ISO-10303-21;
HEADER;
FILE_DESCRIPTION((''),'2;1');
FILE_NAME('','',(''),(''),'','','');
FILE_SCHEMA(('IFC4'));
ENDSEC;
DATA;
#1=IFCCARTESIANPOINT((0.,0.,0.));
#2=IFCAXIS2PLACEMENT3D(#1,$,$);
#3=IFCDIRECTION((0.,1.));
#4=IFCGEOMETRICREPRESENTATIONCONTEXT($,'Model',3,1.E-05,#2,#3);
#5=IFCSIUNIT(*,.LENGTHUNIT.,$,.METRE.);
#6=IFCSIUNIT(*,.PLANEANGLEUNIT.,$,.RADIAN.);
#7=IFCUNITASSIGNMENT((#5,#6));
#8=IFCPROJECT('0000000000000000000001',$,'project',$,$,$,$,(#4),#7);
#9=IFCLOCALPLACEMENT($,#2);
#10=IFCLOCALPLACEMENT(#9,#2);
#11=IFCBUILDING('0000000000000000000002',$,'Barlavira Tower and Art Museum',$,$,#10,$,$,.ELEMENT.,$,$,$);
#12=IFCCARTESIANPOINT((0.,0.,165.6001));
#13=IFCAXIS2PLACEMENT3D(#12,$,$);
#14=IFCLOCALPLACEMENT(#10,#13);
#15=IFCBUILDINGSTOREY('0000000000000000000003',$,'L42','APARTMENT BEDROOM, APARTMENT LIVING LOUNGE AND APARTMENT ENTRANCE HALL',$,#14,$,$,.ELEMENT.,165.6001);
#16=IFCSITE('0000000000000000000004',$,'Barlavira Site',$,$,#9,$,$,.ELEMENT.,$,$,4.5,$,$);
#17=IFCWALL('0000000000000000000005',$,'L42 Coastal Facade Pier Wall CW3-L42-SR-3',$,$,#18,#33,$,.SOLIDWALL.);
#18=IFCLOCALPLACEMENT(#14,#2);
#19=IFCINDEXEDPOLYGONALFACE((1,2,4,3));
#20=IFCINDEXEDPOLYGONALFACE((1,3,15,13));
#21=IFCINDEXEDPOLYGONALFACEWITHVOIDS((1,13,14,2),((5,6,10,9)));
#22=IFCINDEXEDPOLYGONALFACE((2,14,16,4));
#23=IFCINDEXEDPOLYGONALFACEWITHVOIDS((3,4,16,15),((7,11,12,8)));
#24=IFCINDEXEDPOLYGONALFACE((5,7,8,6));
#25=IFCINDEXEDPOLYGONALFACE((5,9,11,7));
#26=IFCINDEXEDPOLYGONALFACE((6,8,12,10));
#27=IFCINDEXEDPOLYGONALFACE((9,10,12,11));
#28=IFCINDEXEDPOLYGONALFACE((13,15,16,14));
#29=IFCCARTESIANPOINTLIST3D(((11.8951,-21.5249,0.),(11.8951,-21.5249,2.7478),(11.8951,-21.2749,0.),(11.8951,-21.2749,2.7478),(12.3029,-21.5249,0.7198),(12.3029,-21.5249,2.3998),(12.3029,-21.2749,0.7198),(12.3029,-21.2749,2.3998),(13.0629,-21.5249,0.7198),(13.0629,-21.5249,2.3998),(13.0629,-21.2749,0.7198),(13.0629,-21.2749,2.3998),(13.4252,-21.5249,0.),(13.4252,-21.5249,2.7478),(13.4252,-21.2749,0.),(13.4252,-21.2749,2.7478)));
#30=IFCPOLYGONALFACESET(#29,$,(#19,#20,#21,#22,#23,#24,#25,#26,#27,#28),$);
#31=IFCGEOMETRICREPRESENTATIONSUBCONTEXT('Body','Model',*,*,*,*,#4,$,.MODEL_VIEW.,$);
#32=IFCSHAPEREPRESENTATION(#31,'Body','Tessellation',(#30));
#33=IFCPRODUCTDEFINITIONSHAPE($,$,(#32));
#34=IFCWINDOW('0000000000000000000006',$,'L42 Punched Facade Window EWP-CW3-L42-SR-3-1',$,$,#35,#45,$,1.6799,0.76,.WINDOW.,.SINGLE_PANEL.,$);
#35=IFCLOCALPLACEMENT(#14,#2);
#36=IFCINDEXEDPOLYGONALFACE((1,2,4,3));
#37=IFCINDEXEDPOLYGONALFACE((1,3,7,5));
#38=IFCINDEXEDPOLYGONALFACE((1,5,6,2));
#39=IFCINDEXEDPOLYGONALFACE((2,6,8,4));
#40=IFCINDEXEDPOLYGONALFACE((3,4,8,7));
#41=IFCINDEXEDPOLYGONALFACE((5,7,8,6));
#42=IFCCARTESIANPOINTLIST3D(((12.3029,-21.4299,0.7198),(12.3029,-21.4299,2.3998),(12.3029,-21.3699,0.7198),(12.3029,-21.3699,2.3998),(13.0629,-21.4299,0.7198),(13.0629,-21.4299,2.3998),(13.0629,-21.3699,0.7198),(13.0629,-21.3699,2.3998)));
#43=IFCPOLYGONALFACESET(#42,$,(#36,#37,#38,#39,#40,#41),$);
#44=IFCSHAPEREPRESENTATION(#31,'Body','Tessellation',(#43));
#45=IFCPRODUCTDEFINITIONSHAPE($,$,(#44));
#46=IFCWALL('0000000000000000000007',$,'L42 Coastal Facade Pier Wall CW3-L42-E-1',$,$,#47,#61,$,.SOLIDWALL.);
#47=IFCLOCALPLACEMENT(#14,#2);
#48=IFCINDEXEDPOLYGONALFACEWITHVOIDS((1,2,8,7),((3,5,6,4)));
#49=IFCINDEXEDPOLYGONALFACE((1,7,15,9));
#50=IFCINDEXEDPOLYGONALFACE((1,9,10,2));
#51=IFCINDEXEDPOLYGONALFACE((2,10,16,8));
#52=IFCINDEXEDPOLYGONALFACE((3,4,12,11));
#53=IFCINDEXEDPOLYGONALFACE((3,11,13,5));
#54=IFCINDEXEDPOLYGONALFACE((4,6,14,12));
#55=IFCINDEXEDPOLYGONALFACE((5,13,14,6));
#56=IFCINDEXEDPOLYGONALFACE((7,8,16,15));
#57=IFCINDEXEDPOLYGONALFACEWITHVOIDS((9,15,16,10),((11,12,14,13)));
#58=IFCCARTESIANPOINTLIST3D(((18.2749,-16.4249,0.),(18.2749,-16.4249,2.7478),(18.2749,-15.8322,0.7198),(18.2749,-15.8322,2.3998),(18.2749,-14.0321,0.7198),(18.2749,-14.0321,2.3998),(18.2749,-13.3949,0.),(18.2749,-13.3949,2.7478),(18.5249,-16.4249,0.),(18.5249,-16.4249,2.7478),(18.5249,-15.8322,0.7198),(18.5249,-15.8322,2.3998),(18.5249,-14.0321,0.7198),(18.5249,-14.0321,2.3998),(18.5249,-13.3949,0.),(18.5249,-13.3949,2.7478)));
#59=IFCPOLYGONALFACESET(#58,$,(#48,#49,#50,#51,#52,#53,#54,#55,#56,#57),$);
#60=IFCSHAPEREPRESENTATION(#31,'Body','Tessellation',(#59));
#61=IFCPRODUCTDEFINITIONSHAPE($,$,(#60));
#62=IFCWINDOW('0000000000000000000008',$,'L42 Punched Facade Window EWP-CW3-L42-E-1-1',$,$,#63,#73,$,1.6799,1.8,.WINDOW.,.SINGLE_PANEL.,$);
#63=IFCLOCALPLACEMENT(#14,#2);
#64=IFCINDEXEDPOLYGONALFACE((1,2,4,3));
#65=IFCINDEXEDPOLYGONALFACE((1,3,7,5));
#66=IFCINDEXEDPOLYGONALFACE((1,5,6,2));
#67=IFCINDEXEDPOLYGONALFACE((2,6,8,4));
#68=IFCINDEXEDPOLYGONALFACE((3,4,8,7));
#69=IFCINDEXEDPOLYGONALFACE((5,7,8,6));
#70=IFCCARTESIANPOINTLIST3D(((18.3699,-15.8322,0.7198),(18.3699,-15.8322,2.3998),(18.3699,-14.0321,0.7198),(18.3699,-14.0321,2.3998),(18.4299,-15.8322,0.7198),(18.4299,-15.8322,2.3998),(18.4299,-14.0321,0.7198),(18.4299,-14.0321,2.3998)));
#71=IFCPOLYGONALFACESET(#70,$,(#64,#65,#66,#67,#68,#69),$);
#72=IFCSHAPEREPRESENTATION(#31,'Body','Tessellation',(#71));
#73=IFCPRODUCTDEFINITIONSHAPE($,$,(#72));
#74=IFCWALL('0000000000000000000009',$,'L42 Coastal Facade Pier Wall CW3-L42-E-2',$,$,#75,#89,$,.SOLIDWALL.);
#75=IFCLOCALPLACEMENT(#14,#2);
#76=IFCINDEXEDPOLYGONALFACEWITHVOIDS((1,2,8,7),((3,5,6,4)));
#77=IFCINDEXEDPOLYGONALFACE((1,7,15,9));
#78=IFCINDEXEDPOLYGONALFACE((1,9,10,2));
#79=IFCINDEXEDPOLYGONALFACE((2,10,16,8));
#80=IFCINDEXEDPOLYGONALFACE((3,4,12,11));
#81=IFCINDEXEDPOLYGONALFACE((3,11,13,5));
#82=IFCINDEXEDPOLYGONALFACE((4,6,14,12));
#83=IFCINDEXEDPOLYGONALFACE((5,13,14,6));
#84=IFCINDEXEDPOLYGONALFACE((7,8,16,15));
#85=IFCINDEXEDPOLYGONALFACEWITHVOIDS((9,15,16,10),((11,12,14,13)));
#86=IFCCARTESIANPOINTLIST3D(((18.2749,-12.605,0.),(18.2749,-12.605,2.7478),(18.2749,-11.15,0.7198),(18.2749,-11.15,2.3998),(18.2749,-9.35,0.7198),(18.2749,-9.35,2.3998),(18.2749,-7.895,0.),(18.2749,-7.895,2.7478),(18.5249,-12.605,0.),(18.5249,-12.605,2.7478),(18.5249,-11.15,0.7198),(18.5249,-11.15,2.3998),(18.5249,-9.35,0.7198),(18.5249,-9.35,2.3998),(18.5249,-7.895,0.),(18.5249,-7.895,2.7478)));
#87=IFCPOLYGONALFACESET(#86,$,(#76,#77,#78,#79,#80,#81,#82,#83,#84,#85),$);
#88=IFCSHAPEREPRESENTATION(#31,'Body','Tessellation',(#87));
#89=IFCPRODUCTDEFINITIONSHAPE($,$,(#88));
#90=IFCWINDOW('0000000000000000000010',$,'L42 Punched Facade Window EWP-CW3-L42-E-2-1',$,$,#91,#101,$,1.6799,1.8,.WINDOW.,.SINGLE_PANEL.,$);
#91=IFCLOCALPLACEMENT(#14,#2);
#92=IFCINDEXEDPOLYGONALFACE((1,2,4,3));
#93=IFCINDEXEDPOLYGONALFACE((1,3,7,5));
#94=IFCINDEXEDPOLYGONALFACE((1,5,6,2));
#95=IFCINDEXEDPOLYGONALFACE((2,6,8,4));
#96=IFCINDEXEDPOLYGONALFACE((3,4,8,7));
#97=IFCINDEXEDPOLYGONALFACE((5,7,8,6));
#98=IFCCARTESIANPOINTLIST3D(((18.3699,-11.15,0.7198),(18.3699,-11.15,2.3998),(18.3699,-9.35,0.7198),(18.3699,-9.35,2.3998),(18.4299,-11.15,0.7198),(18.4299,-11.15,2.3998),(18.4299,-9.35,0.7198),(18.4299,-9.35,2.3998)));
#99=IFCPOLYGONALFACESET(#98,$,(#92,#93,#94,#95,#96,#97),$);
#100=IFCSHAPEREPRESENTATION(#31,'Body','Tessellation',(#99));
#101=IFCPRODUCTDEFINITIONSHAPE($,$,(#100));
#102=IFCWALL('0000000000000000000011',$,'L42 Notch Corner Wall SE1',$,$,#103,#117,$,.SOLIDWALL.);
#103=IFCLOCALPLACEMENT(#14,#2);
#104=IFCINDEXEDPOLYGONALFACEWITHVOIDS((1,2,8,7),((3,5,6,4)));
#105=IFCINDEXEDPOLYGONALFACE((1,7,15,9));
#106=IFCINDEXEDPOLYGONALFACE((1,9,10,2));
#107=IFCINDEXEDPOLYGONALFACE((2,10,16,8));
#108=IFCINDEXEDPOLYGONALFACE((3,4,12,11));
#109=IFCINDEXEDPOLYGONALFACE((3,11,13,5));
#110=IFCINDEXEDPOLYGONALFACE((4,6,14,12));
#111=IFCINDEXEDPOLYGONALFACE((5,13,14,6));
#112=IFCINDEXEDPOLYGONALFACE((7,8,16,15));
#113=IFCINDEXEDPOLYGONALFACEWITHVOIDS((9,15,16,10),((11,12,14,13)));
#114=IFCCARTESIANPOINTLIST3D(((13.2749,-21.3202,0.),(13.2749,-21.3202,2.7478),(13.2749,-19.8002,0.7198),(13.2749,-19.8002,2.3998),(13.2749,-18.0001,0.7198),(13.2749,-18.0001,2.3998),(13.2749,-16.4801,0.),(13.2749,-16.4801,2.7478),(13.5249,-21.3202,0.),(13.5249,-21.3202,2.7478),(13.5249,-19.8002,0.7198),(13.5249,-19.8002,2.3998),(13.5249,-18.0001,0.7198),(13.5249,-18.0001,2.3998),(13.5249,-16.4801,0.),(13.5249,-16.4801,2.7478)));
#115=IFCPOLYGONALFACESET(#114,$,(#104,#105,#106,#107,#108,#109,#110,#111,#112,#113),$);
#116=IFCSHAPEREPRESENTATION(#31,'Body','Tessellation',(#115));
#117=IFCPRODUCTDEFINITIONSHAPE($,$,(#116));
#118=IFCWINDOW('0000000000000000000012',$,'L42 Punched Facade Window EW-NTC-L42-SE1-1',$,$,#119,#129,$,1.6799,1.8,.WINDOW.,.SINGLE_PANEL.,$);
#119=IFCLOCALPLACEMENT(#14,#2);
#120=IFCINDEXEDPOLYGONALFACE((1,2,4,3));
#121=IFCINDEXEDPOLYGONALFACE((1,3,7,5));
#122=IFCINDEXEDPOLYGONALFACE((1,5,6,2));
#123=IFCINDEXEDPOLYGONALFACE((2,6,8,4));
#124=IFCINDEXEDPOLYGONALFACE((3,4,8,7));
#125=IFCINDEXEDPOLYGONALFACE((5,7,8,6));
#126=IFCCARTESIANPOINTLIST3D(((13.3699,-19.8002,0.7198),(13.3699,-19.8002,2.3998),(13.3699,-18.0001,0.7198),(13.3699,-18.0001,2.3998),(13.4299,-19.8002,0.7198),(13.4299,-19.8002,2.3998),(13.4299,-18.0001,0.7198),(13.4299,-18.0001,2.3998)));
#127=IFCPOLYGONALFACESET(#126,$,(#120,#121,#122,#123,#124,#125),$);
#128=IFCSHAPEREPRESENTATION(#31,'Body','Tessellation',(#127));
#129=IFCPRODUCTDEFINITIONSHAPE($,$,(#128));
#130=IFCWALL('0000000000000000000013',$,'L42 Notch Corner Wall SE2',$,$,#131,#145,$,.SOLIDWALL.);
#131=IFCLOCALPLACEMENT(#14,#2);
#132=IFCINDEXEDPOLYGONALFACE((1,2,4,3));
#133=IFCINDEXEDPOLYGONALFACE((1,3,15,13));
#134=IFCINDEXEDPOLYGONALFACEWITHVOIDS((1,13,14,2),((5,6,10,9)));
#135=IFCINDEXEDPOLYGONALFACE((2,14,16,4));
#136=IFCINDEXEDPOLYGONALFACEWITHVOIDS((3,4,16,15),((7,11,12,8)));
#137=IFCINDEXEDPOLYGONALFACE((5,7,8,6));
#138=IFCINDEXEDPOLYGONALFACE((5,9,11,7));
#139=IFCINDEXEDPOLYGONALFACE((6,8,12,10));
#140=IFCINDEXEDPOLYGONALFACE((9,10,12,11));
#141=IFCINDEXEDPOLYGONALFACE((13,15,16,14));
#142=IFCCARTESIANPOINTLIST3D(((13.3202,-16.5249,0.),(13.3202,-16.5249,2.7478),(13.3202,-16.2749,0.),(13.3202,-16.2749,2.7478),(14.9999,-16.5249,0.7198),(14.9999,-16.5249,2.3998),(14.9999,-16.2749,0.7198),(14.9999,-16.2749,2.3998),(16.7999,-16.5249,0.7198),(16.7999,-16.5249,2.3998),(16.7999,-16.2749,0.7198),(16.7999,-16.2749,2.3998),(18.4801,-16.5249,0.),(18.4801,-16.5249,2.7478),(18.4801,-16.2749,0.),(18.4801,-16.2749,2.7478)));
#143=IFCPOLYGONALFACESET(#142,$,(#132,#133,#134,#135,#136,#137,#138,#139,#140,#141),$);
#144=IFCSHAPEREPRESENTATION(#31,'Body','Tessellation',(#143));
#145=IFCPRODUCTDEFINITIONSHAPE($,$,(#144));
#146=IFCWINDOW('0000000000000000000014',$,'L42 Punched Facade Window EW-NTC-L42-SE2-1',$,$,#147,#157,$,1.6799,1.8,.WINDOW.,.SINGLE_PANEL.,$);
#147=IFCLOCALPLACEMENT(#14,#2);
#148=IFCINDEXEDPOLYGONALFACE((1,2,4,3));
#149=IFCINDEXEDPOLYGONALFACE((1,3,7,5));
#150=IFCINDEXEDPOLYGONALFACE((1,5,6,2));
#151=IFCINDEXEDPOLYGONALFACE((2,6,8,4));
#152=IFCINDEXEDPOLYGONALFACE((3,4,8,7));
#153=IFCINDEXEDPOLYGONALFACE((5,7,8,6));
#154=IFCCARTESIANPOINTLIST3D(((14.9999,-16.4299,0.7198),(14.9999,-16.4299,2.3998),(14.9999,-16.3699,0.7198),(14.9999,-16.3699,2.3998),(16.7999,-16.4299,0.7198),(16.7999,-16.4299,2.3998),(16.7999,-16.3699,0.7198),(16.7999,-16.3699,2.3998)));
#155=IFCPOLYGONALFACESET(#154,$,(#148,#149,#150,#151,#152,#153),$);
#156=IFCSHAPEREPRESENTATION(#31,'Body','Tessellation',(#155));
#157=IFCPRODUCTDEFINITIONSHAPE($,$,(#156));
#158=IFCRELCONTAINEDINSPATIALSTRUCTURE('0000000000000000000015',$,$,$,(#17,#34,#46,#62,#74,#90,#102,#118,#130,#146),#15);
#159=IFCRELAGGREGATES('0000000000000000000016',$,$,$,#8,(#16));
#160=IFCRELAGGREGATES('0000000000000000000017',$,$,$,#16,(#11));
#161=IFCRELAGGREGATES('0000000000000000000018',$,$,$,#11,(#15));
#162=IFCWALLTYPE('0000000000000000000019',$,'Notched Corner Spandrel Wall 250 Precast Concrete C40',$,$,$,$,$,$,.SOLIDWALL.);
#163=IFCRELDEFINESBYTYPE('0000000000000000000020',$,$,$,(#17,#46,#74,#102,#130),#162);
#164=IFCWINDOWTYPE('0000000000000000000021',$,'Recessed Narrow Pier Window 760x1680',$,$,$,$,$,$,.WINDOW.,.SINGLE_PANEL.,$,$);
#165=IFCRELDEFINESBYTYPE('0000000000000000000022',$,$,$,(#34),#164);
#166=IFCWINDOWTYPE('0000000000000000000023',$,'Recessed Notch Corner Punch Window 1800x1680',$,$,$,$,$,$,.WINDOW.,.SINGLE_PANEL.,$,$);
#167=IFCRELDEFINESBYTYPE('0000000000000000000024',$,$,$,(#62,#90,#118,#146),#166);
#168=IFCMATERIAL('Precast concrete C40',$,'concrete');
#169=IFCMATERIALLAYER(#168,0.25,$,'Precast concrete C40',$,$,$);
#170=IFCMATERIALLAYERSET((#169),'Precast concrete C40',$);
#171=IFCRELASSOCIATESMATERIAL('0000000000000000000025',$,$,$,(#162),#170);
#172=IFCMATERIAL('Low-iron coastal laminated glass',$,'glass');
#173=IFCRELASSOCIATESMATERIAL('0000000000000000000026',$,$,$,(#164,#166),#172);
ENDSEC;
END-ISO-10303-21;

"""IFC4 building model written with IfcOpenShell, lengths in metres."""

from ifc_helpers import new_model, si_unit, direction, frame, frame_2d, origin, place, context, subcontext, project, spatial, rectangle, extrude, material, layer, layer_set, type_object, element, fill, save


model = new_model("IFC4")

# Units and contexts
model_context = context("Model", 3, precision=1e-05, world=origin(), true_north=direction((0.0, 1.0)))
body_context = subcontext(model_context, "Body", "Model", "MODEL_VIEW")
ifc_project = project(units=[si_unit("LENGTHUNIT", "METRE"), si_unit("PLANEANGLEUNIT", "RADIAN")], contexts=[model_context])

# Site, building, storey
site_placement = place(None, origin())
site = spatial("IfcSite", under=ifc_project, at=site_placement, Name="Barlavira Site", CompositionType="ELEMENT", RefElevation=4.5)
building_placement = place(site_placement, origin())
building = spatial("IfcBuilding", under=site, at=building_placement, Name="Barlavira Tower and Art Museum", CompositionType="ELEMENT")
storey_placement = place(building_placement, frame((0.0, 0.0, 165.6001)))
storey = spatial("IfcBuildingStorey", under=building, at=storey_placement, Name="L42", Description="APARTMENT BEDROOM, APARTMENT LIVING LOUNGE AND APARTMENT ENTRANCE HALL", CompositionType="ELEMENT", Elevation=165.6001)

# Walls, openings, windows
ifc_material_1 = material(Name="Precast concrete C40", Category="concrete")
ifc_layer_1 = layer(ifc_material_1, 0.25, Name="Precast concrete C40")
ifc_layer_set_1 = layer_set([ifc_layer_1], Name="Precast concrete C40")
wall_type_1 = type_object("IfcWallType", Name="Notched Corner Spandrel Wall 250 Precast Concrete C40", PredefinedType="SOLIDWALL", material=ifc_layer_set_1)
wall_1_placement = place(storey_placement, frame((11.895, -21.3999, 0.0), z_axis=(0.0, 0.0, 1.0), x_axis=(1.0, 0.0, 0.0)))
wall_1 = element("IfcWall", 1, at=wall_1_placement, inside=storey, type_object=wall_type_1, Name="L42 Coastal Facade Pier Wall CW3-L42-SR-3", PredefinedType="SOLIDWALL", context=body_context, shape_type="SweptSolid", body=[
    extrude(rectangle(XDim=1.53, YDim=0.25, at=frame_2d((0.7651, 0.0))), origin(), (0.0, 0.0, 1.0), 2.7478),
])
opening_1_placement = place(wall_1_placement, frame((0.408, 0.0, 0.72)))
opening_1 = element("IfcOpeningElement", 2, at=opening_1_placement, cuts=wall_1, PredefinedType="OPENING", context=body_context, shape_type="SweptSolid", body=[
    extrude(rectangle(XDim=0.76, YDim=1.6799, at=frame_2d((0.3799, 0.8398))), frame((0.0, 0.135, 0.0), z_axis=(0.0, -1.0, 0.0), x_axis=(1.0, 0.0, 0.0)), (0.0, 0.0, 1.0), 0.27),
])
ifc_material_2 = material(Name="Low-iron coastal laminated glass", Category="glass")
window_type_1 = type_object("IfcWindowType", Name="Recessed Narrow Pier Window 760x1680", PartitioningType="SINGLE_PANEL", PredefinedType="WINDOW", material=ifc_material_2)
window_1_placement = place(opening_1_placement, origin())
window_1 = element("IfcWindow", 3, at=window_1_placement, inside=storey, type_object=window_type_1, Name="L42 Punched Facade Window EWP-CW3-L42-SR-3-1", OverallHeight=1.6799, OverallWidth=0.76, PartitioningType="SINGLE_PANEL", PredefinedType="WINDOW", context=body_context, shape_type="SweptSolid", body=[
    extrude(rectangle(XDim=0.76, YDim=1.6799, at=frame_2d((0.3799, 0.8398))), frame((0.0, 0.03, 0.0), z_axis=(0.0, -1.0, 0.0), x_axis=(1.0, 0.0, 0.0)), (0.0, 0.0, 1.0), 0.0601),
])
fill(opening_1, window_1)
wall_2_placement = place(storey_placement, frame((18.3999, -16.425, 0.0), z_axis=(0.0, 0.0, 1.0), x_axis=(0.0, 1.0, 0.0)))
wall_2 = element("IfcWall", 4, at=wall_2_placement, inside=storey, type_object=wall_type_1, Name="L42 Coastal Facade Pier Wall CW3-L42-E-1", PredefinedType="SOLIDWALL", context=body_context, shape_type="SweptSolid", body=[
    extrude(rectangle(XDim=3.03, YDim=0.25, at=frame_2d((1.5151, 0.0))), origin(), (0.0, 0.0, 1.0), 2.7478),
])
opening_2_placement = place(wall_2_placement, frame((0.593, 0.0, 0.72)))
opening_2 = element("IfcOpeningElement", 5, at=opening_2_placement, cuts=wall_2, PredefinedType="OPENING", context=body_context, shape_type="SweptSolid", body=[
    extrude(rectangle(XDim=1.8, YDim=1.6799, at=frame_2d((0.8999, 0.8398))), frame((0.0, 0.135, 0.0), z_axis=(0.0, -1.0, 0.0), x_axis=(1.0, 0.0, 0.0)), (0.0, 0.0, 1.0), 0.27),
])
window_type_2 = type_object("IfcWindowType", Name="Recessed Notch Corner Punch Window 1800x1680", PartitioningType="SINGLE_PANEL", PredefinedType="WINDOW", material=ifc_material_2)
window_2_placement = place(opening_2_placement, origin())
window_2 = element("IfcWindow", 6, at=window_2_placement, inside=storey, type_object=window_type_2, Name="L42 Punched Facade Window EWP-CW3-L42-E-1-1", OverallHeight=1.6799, OverallWidth=1.8, PartitioningType="SINGLE_PANEL", PredefinedType="WINDOW", context=body_context, shape_type="SweptSolid", body=[
    extrude(rectangle(XDim=1.8, YDim=1.6799, at=frame_2d((0.8999, 0.8398))), frame((0.0, 0.03, 0.0), z_axis=(0.0, -1.0, 0.0), x_axis=(1.0, 0.0, 0.0)), (0.0, 0.0, 1.0), 0.0601),
])
fill(opening_2, window_2)
wall_3_placement = place(storey_placement, frame((18.3999, -12.605, 0.0), z_axis=(0.0, 0.0, 1.0), x_axis=(0.0, 1.0, 0.0)))
wall_3 = element("IfcWall", 7, at=wall_3_placement, inside=storey, type_object=wall_type_1, Name="L42 Coastal Facade Pier Wall CW3-L42-E-2", PredefinedType="SOLIDWALL", context=body_context, shape_type="SweptSolid", body=[
    extrude(rectangle(XDim=4.71, YDim=0.25, at=frame_2d((2.355, 0.0))), origin(), (0.0, 0.0, 1.0), 2.7478),
])
opening_3_placement = place(wall_3_placement, frame((1.4551, 0.0, 0.72)))
opening_3 = element("IfcOpeningElement", 8, at=opening_3_placement, cuts=wall_3, PredefinedType="OPENING", context=body_context, shape_type="SweptSolid", body=[
    extrude(rectangle(XDim=1.8, YDim=1.6799, at=frame_2d((0.8999, 0.8398))), frame((0.0, 0.135, 0.0), z_axis=(0.0, -1.0, 0.0), x_axis=(1.0, 0.0, 0.0)), (0.0, 0.0, 1.0), 0.27),
])
window_3_placement = place(opening_3_placement, origin())
window_3 = element("IfcWindow", 9, at=window_3_placement, inside=storey, type_object=window_type_2, Name="L42 Punched Facade Window EWP-CW3-L42-E-2-1", OverallHeight=1.6799, OverallWidth=1.8, PartitioningType="SINGLE_PANEL", PredefinedType="WINDOW", context=body_context, shape_type="SweptSolid", body=[
    extrude(rectangle(XDim=1.8, YDim=1.6799, at=frame_2d((0.8999, 0.8398))), frame((0.0, 0.03, 0.0), z_axis=(0.0, -1.0, 0.0), x_axis=(1.0, 0.0, 0.0)), (0.0, 0.0, 1.0), 0.0601),
])
fill(opening_3, window_3)
wall_4_placement = place(storey_placement, frame((13.3999, -21.3201, 0.0), z_axis=(0.0, 0.0, 1.0), x_axis=(0.0, 1.0, 0.0)))
wall_4 = element("IfcWall", 10, at=wall_4_placement, inside=storey, type_object=wall_type_1, Name="L42 Notch Corner Wall SE1", PredefinedType="SOLIDWALL", context=body_context, shape_type="SweptSolid", body=[
    extrude(rectangle(XDim=4.8401, YDim=0.25, at=frame_2d((2.4199, 0.0))), origin(), (0.0, 0.0, 1.0), 2.7478),
])
opening_4_placement = place(wall_4_placement, frame((1.52, 0.0, 0.72)))
opening_4 = element("IfcOpeningElement", 11, at=opening_4_placement, cuts=wall_4, PredefinedType="OPENING", context=body_context, shape_type="SweptSolid", body=[
    extrude(rectangle(XDim=1.8, YDim=1.6799, at=frame_2d((0.8999, 0.8398))), frame((0.0, 0.135, 0.0), z_axis=(0.0, -1.0, 0.0), x_axis=(1.0, 0.0, 0.0)), (0.0, 0.0, 1.0), 0.27),
])
window_4_placement = place(opening_4_placement, origin())
window_4 = element("IfcWindow", 12, at=window_4_placement, inside=storey, type_object=window_type_2, Name="L42 Punched Facade Window EW-NTC-L42-SE1-1", OverallHeight=1.6799, OverallWidth=1.8, PartitioningType="SINGLE_PANEL", PredefinedType="WINDOW", context=body_context, shape_type="SweptSolid", body=[
    extrude(rectangle(XDim=1.8, YDim=1.6799, at=frame_2d((0.8999, 0.8398))), frame((0.0, 0.03, 0.0), z_axis=(0.0, -1.0, 0.0), x_axis=(1.0, 0.0, 0.0)), (0.0, 0.0, 1.0), 0.0601),
])
fill(opening_4, window_4)
wall_5_placement = place(storey_placement, frame((13.3201, -16.3999, 0.0), z_axis=(0.0, 0.0, 1.0), x_axis=(1.0, 0.0, 0.0)))
wall_5 = element("IfcWall", 13, at=wall_5_placement, inside=storey, type_object=wall_type_1, Name="L42 Notch Corner Wall SE2", PredefinedType="SOLIDWALL", context=body_context, shape_type="SweptSolid", body=[
    extrude(rectangle(XDim=5.1599, YDim=0.25, at=frame_2d((2.5801, 0.0))), origin(), (0.0, 0.0, 1.0), 2.7478),
])
opening_5_placement = place(wall_5_placement, frame((1.6799, 0.0, 0.72)))
opening_5 = element("IfcOpeningElement", 14, at=opening_5_placement, cuts=wall_5, PredefinedType="OPENING", context=body_context, shape_type="SweptSolid", body=[
    extrude(rectangle(XDim=1.8, YDim=1.6799, at=frame_2d((0.8999, 0.8398))), frame((0.0, 0.135, 0.0), z_axis=(0.0, -1.0, 0.0), x_axis=(1.0, 0.0, 0.0)), (0.0, 0.0, 1.0), 0.27),
])
window_5_placement = place(opening_5_placement, origin())
window_5 = element("IfcWindow", 15, at=window_5_placement, inside=storey, type_object=window_type_2, Name="L42 Punched Facade Window EW-NTC-L42-SE2-1", OverallHeight=1.6799, OverallWidth=1.8, PartitioningType="SINGLE_PANEL", PredefinedType="WINDOW", context=body_context, shape_type="SweptSolid", body=[
    extrude(rectangle(XDim=1.8, YDim=1.6799, at=frame_2d((0.8999, 0.8398))), frame((0.0, 0.03, 0.0), z_axis=(0.0, -1.0, 0.0), x_axis=(1.0, 0.0, 0.0)), (0.0, 0.0, 1.0), 0.0601),
])
fill(opening_5, window_5)

save(model, "model.ifc")
